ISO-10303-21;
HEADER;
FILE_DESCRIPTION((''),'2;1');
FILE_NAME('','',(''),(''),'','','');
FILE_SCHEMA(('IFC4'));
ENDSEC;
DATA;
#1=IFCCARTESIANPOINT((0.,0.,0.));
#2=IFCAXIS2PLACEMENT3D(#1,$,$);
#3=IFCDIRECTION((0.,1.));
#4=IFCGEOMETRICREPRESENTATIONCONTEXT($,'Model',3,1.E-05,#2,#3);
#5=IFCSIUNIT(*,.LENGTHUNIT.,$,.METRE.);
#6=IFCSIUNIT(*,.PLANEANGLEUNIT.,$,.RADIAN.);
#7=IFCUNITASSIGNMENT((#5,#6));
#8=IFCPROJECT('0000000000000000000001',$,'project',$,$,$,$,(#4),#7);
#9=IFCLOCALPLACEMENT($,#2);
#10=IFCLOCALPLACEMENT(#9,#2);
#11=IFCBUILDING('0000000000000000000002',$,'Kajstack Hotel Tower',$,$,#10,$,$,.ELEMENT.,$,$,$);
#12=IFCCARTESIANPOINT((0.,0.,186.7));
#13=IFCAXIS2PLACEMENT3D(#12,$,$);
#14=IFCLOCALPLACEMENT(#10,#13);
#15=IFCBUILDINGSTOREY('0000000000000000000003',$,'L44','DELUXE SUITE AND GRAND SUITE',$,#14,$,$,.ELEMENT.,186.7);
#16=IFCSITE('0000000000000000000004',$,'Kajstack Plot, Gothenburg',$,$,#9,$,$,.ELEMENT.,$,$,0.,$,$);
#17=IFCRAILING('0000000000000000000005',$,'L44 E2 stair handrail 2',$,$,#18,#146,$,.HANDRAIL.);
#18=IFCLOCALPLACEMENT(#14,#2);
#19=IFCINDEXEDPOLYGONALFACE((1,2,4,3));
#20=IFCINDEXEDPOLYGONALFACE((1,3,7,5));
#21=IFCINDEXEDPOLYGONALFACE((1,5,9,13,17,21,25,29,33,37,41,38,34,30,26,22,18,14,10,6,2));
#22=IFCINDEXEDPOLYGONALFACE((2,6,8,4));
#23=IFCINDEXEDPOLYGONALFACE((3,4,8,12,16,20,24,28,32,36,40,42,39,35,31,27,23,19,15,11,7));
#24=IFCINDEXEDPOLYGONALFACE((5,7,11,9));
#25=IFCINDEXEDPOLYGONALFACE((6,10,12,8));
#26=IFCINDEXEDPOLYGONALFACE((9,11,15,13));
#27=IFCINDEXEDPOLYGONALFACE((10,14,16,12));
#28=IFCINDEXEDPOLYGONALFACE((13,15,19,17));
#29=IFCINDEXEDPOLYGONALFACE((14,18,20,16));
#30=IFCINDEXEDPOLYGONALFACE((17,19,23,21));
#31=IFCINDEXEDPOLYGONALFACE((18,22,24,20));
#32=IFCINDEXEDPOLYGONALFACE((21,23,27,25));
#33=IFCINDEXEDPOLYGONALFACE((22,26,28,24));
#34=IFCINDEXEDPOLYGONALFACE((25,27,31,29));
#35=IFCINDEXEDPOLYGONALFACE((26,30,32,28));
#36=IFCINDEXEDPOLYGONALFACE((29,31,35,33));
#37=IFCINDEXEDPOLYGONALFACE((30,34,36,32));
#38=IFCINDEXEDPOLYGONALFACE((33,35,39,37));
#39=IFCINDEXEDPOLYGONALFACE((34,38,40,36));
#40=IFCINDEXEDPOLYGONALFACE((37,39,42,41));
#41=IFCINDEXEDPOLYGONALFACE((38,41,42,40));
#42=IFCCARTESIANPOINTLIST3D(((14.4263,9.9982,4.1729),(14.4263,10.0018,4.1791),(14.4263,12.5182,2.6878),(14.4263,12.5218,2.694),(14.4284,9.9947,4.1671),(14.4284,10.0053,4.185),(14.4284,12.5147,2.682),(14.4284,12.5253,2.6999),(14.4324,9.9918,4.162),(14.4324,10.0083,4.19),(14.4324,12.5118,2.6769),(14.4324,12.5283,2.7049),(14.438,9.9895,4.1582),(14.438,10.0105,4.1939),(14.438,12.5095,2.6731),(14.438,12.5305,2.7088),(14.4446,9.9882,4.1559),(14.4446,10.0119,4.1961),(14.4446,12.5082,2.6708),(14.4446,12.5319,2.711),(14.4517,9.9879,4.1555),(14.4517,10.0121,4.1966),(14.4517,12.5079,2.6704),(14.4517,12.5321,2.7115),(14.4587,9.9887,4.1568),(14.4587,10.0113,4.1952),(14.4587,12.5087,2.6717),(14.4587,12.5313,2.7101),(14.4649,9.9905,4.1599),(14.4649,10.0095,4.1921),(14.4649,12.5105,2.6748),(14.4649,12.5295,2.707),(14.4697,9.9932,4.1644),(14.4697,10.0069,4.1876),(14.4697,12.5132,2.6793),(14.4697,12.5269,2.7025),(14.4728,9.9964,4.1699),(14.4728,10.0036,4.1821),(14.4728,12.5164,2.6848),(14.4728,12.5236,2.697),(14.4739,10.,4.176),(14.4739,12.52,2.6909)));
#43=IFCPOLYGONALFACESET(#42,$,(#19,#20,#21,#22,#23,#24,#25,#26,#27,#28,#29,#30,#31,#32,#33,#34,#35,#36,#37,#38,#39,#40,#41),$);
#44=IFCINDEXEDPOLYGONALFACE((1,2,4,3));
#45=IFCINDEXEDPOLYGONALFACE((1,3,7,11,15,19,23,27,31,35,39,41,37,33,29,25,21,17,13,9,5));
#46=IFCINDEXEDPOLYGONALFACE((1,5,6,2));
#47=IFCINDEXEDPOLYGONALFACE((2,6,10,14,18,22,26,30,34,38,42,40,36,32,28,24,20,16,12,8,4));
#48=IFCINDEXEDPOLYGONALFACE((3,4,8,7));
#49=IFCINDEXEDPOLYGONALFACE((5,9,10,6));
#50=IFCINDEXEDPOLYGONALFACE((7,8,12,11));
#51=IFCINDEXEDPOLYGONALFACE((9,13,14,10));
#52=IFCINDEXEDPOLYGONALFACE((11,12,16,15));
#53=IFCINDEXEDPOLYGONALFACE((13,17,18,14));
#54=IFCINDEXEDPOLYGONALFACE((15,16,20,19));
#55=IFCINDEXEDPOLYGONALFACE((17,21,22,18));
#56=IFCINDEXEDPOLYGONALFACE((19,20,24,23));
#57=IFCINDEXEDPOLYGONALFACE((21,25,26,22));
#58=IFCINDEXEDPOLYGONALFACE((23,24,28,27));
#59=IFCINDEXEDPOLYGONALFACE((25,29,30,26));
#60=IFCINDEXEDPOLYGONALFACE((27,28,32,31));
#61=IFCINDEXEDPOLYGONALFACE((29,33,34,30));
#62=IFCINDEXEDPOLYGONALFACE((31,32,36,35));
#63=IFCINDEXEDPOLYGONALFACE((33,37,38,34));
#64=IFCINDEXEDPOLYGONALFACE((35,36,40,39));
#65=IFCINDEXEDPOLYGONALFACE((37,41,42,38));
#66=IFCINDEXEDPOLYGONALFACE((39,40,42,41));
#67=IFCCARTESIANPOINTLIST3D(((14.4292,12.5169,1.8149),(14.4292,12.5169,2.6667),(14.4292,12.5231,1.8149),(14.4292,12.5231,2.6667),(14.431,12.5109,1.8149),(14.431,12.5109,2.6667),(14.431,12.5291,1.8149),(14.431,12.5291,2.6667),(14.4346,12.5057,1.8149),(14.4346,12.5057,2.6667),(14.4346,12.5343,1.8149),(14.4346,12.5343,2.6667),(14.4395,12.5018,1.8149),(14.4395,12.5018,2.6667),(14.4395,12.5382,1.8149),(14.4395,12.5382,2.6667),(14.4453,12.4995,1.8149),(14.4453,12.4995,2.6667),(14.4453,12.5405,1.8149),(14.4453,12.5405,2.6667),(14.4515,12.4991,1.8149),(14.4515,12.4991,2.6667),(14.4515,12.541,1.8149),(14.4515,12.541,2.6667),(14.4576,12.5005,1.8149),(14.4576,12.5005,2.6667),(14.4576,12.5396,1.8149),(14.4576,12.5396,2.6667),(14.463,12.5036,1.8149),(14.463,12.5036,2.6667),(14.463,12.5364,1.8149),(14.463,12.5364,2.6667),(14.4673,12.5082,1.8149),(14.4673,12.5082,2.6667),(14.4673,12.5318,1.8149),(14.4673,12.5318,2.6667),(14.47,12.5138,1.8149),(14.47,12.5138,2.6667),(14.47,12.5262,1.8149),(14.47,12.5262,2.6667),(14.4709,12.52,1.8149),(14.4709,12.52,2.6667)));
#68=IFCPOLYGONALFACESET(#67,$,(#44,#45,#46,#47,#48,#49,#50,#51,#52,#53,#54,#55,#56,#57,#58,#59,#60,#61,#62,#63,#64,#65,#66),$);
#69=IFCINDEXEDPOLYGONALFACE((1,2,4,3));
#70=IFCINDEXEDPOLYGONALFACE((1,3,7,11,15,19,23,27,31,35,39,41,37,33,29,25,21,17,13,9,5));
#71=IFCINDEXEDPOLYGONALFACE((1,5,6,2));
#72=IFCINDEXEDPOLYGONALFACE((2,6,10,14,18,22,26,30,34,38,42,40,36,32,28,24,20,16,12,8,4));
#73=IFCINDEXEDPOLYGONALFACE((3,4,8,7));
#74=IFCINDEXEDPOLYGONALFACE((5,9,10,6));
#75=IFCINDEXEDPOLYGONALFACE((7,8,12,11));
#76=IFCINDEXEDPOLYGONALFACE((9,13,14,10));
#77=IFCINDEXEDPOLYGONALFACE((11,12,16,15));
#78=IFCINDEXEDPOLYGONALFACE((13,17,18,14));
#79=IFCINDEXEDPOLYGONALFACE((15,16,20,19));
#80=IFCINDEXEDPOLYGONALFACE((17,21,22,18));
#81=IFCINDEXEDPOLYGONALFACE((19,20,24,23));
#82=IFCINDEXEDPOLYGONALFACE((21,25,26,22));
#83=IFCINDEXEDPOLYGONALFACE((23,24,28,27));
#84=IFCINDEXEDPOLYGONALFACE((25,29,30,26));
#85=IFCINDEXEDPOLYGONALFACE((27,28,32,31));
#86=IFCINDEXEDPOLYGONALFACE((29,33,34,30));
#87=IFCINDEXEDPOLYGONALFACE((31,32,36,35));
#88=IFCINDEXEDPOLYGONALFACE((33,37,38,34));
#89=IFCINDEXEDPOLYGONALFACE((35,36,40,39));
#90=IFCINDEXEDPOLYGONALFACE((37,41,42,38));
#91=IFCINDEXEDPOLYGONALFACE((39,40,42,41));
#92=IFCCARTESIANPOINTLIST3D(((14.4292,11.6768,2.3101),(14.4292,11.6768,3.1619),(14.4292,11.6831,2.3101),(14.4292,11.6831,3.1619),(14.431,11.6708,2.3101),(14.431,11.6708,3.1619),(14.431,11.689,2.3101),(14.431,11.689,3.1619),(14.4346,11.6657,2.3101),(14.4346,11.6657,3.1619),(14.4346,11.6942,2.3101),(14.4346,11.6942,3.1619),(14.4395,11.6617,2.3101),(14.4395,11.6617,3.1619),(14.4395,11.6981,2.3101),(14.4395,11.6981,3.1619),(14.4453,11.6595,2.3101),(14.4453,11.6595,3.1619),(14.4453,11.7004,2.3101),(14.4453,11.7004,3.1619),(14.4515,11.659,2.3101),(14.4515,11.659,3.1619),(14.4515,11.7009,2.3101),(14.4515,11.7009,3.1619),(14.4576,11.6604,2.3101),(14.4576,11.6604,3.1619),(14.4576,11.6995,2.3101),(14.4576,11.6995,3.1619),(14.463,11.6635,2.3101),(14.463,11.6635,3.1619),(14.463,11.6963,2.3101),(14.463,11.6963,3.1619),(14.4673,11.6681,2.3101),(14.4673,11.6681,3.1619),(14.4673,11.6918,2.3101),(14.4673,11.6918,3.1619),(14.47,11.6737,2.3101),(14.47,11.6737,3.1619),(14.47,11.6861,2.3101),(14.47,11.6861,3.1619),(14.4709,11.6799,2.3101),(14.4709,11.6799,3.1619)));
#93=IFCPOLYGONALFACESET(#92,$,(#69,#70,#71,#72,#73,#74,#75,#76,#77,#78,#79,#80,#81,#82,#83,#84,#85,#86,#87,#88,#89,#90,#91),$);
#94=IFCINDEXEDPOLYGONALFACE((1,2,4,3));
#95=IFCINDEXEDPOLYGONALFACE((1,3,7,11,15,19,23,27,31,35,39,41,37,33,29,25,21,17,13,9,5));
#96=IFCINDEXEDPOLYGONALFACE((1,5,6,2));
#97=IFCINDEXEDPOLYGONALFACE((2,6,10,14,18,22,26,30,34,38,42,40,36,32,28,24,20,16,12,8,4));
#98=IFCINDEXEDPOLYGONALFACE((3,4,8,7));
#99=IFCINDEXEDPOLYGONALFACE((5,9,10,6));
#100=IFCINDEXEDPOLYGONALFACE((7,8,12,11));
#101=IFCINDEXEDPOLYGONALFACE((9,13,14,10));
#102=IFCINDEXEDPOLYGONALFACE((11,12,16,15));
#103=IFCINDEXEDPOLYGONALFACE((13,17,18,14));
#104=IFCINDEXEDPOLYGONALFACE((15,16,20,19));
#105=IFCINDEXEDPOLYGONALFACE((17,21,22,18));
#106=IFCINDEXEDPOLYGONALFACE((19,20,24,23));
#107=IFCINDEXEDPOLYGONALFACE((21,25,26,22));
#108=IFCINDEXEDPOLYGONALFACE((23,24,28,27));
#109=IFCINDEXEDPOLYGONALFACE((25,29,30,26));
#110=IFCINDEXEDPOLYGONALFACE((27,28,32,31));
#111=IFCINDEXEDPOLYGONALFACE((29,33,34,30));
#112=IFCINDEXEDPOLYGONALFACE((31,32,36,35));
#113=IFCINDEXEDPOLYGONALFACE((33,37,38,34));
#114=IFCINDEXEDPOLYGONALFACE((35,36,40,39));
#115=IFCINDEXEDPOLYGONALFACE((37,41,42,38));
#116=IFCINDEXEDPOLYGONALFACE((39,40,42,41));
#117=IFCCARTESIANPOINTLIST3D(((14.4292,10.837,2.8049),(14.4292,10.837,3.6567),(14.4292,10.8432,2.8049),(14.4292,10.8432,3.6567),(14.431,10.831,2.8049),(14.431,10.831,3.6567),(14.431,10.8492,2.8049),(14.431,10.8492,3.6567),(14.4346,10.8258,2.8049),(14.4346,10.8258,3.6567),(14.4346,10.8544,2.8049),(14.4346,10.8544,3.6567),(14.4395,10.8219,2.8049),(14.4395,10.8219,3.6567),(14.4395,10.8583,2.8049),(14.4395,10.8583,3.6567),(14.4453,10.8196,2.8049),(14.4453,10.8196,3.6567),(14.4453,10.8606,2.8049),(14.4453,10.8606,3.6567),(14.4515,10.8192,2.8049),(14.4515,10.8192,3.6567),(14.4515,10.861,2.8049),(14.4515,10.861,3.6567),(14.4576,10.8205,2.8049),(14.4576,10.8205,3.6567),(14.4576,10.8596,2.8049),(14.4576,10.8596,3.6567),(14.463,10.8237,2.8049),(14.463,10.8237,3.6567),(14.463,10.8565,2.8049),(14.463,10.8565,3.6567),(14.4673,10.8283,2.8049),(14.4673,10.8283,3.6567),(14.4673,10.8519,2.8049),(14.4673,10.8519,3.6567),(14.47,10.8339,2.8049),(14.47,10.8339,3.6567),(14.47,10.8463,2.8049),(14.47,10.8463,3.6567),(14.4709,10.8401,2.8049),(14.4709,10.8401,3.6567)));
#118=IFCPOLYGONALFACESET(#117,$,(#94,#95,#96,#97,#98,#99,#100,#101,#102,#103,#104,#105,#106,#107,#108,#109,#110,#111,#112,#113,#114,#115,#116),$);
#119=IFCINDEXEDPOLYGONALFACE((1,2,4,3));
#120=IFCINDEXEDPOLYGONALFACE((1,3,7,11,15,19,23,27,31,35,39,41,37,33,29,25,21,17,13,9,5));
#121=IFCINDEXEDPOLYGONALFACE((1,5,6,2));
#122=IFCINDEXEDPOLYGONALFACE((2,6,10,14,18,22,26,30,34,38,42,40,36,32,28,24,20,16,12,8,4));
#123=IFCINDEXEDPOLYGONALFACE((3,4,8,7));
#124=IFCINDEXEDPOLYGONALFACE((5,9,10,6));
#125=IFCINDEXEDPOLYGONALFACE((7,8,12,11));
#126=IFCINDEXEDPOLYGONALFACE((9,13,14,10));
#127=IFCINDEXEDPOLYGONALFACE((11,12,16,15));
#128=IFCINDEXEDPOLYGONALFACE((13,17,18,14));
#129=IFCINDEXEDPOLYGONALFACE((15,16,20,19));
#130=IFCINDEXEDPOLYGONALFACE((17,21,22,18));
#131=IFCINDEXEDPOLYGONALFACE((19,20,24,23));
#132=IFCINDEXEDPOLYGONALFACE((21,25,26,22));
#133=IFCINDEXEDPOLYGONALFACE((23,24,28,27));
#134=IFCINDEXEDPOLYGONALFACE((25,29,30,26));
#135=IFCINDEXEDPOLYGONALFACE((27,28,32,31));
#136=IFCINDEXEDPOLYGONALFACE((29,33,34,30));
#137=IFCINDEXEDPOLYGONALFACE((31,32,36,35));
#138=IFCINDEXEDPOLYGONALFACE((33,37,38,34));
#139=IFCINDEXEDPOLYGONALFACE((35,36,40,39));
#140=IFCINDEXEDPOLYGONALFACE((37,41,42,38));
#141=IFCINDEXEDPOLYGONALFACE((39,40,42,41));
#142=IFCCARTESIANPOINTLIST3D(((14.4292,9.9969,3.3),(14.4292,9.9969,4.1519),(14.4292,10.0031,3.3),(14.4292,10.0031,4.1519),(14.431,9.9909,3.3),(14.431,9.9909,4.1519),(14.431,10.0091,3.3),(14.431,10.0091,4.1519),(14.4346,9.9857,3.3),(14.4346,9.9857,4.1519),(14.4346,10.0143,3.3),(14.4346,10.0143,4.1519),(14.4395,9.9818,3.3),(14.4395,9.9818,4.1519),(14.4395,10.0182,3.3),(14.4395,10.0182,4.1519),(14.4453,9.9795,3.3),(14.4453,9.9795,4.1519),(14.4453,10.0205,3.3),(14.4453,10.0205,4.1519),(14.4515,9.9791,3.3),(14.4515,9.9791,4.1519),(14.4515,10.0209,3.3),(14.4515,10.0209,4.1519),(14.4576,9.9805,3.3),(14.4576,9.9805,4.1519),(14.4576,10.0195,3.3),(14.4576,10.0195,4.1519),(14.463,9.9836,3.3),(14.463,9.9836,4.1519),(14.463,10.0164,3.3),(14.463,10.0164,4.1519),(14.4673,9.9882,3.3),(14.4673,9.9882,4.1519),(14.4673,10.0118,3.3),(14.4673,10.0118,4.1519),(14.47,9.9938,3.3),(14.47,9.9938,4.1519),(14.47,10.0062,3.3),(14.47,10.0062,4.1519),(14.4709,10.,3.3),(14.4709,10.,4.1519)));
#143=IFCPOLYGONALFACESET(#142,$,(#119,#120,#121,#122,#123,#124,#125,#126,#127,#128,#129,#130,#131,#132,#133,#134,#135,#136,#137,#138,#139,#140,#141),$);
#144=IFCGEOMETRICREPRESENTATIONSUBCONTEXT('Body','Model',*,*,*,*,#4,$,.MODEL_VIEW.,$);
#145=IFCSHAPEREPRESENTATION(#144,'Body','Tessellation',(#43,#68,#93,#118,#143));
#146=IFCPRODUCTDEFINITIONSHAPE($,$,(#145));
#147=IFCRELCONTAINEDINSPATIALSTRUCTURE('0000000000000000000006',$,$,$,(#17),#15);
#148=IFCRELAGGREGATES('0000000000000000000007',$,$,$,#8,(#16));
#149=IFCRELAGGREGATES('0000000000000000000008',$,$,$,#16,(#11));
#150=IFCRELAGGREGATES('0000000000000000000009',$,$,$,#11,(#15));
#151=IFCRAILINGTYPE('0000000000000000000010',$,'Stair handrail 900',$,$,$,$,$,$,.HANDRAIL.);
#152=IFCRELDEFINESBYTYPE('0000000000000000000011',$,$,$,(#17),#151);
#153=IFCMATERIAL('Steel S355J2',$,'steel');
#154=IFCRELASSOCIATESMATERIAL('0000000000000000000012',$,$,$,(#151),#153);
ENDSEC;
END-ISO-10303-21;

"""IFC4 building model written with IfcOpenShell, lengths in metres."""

from ifc_helpers import new_model, si_unit, direction, frame, origin, origin_2d, place, context, subcontext, project, spatial, circle, extrude, material, type_object, element, save


model = new_model("IFC4")

# Units and contexts
model_context = context("Model", 3, precision=1e-05, world=origin(), true_north=direction((0.0, 1.0)))
body_context = subcontext(model_context, "Body", "Model", "MODEL_VIEW")
ifc_project = project(units=[si_unit("LENGTHUNIT", "METRE"), si_unit("PLANEANGLEUNIT", "RADIAN")], contexts=[model_context])

# Site, building, storey
site_placement = place(None, origin())
site = spatial("IfcSite", under=ifc_project, at=site_placement, Name="Kajstack Plot, Gothenburg", CompositionType="ELEMENT", RefElevation=0.0)
building_placement = place(site_placement, origin())
building = spatial("IfcBuilding", under=site, at=building_placement, Name="Kajstack Hotel Tower", CompositionType="ELEMENT")
storey_placement = place(building_placement, frame((0.0, 0.0, 186.7)))
storey = spatial("IfcBuildingStorey", under=building, at=storey_placement, Name="L44", Description="DELUXE SUITE AND GRAND SUITE", CompositionType="ELEMENT", Elevation=186.7)

# Railing
ifc_material_1 = material(Name="Steel S355J2", Category="steel")
railing_type = type_object("IfcRailingType", Name="Stair handrail 900", PredefinedType="HANDRAIL", material=ifc_material_1)
railing_placement = place(storey_placement, frame((14.45, 12.52, 1.8149)))
element("IfcRailing", 1, at=railing_placement, inside=storey, type_object=railing_type, Name="L44 E2 stair handrail 2", PredefinedType="HANDRAIL", context=body_context, shape_type="SweptSolid", body=[
    extrude(circle(Radius=0.0239, at=origin_2d()), frame((0.0, 0.0, 0.876), z_axis=(0.0, -0.861524, 0.507717), x_axis=(1.0, 0.0, 0.0)), (0.0, 0.0, 1.0), 2.925),
    extrude(circle(Radius=0.021, at=origin_2d()), origin(), (0.0, 0.0, 1.0), 0.8518),
    extrude(circle(Radius=0.021, at=origin_2d()), frame((0.0, -0.8401, 0.4951)), (0.0, 0.0, 1.0), 0.8518),
    extrude(circle(Radius=0.021, at=origin_2d()), frame((0.0, -1.6799, 0.99)), (0.0, 0.0, 1.0), 0.8518),
    extrude(circle(Radius=0.021, at=origin_2d()), frame((0.0, -2.52, 1.4851)), (0.0, 0.0, 1.0), 0.8518),
])

save(model, "model.ifc")
